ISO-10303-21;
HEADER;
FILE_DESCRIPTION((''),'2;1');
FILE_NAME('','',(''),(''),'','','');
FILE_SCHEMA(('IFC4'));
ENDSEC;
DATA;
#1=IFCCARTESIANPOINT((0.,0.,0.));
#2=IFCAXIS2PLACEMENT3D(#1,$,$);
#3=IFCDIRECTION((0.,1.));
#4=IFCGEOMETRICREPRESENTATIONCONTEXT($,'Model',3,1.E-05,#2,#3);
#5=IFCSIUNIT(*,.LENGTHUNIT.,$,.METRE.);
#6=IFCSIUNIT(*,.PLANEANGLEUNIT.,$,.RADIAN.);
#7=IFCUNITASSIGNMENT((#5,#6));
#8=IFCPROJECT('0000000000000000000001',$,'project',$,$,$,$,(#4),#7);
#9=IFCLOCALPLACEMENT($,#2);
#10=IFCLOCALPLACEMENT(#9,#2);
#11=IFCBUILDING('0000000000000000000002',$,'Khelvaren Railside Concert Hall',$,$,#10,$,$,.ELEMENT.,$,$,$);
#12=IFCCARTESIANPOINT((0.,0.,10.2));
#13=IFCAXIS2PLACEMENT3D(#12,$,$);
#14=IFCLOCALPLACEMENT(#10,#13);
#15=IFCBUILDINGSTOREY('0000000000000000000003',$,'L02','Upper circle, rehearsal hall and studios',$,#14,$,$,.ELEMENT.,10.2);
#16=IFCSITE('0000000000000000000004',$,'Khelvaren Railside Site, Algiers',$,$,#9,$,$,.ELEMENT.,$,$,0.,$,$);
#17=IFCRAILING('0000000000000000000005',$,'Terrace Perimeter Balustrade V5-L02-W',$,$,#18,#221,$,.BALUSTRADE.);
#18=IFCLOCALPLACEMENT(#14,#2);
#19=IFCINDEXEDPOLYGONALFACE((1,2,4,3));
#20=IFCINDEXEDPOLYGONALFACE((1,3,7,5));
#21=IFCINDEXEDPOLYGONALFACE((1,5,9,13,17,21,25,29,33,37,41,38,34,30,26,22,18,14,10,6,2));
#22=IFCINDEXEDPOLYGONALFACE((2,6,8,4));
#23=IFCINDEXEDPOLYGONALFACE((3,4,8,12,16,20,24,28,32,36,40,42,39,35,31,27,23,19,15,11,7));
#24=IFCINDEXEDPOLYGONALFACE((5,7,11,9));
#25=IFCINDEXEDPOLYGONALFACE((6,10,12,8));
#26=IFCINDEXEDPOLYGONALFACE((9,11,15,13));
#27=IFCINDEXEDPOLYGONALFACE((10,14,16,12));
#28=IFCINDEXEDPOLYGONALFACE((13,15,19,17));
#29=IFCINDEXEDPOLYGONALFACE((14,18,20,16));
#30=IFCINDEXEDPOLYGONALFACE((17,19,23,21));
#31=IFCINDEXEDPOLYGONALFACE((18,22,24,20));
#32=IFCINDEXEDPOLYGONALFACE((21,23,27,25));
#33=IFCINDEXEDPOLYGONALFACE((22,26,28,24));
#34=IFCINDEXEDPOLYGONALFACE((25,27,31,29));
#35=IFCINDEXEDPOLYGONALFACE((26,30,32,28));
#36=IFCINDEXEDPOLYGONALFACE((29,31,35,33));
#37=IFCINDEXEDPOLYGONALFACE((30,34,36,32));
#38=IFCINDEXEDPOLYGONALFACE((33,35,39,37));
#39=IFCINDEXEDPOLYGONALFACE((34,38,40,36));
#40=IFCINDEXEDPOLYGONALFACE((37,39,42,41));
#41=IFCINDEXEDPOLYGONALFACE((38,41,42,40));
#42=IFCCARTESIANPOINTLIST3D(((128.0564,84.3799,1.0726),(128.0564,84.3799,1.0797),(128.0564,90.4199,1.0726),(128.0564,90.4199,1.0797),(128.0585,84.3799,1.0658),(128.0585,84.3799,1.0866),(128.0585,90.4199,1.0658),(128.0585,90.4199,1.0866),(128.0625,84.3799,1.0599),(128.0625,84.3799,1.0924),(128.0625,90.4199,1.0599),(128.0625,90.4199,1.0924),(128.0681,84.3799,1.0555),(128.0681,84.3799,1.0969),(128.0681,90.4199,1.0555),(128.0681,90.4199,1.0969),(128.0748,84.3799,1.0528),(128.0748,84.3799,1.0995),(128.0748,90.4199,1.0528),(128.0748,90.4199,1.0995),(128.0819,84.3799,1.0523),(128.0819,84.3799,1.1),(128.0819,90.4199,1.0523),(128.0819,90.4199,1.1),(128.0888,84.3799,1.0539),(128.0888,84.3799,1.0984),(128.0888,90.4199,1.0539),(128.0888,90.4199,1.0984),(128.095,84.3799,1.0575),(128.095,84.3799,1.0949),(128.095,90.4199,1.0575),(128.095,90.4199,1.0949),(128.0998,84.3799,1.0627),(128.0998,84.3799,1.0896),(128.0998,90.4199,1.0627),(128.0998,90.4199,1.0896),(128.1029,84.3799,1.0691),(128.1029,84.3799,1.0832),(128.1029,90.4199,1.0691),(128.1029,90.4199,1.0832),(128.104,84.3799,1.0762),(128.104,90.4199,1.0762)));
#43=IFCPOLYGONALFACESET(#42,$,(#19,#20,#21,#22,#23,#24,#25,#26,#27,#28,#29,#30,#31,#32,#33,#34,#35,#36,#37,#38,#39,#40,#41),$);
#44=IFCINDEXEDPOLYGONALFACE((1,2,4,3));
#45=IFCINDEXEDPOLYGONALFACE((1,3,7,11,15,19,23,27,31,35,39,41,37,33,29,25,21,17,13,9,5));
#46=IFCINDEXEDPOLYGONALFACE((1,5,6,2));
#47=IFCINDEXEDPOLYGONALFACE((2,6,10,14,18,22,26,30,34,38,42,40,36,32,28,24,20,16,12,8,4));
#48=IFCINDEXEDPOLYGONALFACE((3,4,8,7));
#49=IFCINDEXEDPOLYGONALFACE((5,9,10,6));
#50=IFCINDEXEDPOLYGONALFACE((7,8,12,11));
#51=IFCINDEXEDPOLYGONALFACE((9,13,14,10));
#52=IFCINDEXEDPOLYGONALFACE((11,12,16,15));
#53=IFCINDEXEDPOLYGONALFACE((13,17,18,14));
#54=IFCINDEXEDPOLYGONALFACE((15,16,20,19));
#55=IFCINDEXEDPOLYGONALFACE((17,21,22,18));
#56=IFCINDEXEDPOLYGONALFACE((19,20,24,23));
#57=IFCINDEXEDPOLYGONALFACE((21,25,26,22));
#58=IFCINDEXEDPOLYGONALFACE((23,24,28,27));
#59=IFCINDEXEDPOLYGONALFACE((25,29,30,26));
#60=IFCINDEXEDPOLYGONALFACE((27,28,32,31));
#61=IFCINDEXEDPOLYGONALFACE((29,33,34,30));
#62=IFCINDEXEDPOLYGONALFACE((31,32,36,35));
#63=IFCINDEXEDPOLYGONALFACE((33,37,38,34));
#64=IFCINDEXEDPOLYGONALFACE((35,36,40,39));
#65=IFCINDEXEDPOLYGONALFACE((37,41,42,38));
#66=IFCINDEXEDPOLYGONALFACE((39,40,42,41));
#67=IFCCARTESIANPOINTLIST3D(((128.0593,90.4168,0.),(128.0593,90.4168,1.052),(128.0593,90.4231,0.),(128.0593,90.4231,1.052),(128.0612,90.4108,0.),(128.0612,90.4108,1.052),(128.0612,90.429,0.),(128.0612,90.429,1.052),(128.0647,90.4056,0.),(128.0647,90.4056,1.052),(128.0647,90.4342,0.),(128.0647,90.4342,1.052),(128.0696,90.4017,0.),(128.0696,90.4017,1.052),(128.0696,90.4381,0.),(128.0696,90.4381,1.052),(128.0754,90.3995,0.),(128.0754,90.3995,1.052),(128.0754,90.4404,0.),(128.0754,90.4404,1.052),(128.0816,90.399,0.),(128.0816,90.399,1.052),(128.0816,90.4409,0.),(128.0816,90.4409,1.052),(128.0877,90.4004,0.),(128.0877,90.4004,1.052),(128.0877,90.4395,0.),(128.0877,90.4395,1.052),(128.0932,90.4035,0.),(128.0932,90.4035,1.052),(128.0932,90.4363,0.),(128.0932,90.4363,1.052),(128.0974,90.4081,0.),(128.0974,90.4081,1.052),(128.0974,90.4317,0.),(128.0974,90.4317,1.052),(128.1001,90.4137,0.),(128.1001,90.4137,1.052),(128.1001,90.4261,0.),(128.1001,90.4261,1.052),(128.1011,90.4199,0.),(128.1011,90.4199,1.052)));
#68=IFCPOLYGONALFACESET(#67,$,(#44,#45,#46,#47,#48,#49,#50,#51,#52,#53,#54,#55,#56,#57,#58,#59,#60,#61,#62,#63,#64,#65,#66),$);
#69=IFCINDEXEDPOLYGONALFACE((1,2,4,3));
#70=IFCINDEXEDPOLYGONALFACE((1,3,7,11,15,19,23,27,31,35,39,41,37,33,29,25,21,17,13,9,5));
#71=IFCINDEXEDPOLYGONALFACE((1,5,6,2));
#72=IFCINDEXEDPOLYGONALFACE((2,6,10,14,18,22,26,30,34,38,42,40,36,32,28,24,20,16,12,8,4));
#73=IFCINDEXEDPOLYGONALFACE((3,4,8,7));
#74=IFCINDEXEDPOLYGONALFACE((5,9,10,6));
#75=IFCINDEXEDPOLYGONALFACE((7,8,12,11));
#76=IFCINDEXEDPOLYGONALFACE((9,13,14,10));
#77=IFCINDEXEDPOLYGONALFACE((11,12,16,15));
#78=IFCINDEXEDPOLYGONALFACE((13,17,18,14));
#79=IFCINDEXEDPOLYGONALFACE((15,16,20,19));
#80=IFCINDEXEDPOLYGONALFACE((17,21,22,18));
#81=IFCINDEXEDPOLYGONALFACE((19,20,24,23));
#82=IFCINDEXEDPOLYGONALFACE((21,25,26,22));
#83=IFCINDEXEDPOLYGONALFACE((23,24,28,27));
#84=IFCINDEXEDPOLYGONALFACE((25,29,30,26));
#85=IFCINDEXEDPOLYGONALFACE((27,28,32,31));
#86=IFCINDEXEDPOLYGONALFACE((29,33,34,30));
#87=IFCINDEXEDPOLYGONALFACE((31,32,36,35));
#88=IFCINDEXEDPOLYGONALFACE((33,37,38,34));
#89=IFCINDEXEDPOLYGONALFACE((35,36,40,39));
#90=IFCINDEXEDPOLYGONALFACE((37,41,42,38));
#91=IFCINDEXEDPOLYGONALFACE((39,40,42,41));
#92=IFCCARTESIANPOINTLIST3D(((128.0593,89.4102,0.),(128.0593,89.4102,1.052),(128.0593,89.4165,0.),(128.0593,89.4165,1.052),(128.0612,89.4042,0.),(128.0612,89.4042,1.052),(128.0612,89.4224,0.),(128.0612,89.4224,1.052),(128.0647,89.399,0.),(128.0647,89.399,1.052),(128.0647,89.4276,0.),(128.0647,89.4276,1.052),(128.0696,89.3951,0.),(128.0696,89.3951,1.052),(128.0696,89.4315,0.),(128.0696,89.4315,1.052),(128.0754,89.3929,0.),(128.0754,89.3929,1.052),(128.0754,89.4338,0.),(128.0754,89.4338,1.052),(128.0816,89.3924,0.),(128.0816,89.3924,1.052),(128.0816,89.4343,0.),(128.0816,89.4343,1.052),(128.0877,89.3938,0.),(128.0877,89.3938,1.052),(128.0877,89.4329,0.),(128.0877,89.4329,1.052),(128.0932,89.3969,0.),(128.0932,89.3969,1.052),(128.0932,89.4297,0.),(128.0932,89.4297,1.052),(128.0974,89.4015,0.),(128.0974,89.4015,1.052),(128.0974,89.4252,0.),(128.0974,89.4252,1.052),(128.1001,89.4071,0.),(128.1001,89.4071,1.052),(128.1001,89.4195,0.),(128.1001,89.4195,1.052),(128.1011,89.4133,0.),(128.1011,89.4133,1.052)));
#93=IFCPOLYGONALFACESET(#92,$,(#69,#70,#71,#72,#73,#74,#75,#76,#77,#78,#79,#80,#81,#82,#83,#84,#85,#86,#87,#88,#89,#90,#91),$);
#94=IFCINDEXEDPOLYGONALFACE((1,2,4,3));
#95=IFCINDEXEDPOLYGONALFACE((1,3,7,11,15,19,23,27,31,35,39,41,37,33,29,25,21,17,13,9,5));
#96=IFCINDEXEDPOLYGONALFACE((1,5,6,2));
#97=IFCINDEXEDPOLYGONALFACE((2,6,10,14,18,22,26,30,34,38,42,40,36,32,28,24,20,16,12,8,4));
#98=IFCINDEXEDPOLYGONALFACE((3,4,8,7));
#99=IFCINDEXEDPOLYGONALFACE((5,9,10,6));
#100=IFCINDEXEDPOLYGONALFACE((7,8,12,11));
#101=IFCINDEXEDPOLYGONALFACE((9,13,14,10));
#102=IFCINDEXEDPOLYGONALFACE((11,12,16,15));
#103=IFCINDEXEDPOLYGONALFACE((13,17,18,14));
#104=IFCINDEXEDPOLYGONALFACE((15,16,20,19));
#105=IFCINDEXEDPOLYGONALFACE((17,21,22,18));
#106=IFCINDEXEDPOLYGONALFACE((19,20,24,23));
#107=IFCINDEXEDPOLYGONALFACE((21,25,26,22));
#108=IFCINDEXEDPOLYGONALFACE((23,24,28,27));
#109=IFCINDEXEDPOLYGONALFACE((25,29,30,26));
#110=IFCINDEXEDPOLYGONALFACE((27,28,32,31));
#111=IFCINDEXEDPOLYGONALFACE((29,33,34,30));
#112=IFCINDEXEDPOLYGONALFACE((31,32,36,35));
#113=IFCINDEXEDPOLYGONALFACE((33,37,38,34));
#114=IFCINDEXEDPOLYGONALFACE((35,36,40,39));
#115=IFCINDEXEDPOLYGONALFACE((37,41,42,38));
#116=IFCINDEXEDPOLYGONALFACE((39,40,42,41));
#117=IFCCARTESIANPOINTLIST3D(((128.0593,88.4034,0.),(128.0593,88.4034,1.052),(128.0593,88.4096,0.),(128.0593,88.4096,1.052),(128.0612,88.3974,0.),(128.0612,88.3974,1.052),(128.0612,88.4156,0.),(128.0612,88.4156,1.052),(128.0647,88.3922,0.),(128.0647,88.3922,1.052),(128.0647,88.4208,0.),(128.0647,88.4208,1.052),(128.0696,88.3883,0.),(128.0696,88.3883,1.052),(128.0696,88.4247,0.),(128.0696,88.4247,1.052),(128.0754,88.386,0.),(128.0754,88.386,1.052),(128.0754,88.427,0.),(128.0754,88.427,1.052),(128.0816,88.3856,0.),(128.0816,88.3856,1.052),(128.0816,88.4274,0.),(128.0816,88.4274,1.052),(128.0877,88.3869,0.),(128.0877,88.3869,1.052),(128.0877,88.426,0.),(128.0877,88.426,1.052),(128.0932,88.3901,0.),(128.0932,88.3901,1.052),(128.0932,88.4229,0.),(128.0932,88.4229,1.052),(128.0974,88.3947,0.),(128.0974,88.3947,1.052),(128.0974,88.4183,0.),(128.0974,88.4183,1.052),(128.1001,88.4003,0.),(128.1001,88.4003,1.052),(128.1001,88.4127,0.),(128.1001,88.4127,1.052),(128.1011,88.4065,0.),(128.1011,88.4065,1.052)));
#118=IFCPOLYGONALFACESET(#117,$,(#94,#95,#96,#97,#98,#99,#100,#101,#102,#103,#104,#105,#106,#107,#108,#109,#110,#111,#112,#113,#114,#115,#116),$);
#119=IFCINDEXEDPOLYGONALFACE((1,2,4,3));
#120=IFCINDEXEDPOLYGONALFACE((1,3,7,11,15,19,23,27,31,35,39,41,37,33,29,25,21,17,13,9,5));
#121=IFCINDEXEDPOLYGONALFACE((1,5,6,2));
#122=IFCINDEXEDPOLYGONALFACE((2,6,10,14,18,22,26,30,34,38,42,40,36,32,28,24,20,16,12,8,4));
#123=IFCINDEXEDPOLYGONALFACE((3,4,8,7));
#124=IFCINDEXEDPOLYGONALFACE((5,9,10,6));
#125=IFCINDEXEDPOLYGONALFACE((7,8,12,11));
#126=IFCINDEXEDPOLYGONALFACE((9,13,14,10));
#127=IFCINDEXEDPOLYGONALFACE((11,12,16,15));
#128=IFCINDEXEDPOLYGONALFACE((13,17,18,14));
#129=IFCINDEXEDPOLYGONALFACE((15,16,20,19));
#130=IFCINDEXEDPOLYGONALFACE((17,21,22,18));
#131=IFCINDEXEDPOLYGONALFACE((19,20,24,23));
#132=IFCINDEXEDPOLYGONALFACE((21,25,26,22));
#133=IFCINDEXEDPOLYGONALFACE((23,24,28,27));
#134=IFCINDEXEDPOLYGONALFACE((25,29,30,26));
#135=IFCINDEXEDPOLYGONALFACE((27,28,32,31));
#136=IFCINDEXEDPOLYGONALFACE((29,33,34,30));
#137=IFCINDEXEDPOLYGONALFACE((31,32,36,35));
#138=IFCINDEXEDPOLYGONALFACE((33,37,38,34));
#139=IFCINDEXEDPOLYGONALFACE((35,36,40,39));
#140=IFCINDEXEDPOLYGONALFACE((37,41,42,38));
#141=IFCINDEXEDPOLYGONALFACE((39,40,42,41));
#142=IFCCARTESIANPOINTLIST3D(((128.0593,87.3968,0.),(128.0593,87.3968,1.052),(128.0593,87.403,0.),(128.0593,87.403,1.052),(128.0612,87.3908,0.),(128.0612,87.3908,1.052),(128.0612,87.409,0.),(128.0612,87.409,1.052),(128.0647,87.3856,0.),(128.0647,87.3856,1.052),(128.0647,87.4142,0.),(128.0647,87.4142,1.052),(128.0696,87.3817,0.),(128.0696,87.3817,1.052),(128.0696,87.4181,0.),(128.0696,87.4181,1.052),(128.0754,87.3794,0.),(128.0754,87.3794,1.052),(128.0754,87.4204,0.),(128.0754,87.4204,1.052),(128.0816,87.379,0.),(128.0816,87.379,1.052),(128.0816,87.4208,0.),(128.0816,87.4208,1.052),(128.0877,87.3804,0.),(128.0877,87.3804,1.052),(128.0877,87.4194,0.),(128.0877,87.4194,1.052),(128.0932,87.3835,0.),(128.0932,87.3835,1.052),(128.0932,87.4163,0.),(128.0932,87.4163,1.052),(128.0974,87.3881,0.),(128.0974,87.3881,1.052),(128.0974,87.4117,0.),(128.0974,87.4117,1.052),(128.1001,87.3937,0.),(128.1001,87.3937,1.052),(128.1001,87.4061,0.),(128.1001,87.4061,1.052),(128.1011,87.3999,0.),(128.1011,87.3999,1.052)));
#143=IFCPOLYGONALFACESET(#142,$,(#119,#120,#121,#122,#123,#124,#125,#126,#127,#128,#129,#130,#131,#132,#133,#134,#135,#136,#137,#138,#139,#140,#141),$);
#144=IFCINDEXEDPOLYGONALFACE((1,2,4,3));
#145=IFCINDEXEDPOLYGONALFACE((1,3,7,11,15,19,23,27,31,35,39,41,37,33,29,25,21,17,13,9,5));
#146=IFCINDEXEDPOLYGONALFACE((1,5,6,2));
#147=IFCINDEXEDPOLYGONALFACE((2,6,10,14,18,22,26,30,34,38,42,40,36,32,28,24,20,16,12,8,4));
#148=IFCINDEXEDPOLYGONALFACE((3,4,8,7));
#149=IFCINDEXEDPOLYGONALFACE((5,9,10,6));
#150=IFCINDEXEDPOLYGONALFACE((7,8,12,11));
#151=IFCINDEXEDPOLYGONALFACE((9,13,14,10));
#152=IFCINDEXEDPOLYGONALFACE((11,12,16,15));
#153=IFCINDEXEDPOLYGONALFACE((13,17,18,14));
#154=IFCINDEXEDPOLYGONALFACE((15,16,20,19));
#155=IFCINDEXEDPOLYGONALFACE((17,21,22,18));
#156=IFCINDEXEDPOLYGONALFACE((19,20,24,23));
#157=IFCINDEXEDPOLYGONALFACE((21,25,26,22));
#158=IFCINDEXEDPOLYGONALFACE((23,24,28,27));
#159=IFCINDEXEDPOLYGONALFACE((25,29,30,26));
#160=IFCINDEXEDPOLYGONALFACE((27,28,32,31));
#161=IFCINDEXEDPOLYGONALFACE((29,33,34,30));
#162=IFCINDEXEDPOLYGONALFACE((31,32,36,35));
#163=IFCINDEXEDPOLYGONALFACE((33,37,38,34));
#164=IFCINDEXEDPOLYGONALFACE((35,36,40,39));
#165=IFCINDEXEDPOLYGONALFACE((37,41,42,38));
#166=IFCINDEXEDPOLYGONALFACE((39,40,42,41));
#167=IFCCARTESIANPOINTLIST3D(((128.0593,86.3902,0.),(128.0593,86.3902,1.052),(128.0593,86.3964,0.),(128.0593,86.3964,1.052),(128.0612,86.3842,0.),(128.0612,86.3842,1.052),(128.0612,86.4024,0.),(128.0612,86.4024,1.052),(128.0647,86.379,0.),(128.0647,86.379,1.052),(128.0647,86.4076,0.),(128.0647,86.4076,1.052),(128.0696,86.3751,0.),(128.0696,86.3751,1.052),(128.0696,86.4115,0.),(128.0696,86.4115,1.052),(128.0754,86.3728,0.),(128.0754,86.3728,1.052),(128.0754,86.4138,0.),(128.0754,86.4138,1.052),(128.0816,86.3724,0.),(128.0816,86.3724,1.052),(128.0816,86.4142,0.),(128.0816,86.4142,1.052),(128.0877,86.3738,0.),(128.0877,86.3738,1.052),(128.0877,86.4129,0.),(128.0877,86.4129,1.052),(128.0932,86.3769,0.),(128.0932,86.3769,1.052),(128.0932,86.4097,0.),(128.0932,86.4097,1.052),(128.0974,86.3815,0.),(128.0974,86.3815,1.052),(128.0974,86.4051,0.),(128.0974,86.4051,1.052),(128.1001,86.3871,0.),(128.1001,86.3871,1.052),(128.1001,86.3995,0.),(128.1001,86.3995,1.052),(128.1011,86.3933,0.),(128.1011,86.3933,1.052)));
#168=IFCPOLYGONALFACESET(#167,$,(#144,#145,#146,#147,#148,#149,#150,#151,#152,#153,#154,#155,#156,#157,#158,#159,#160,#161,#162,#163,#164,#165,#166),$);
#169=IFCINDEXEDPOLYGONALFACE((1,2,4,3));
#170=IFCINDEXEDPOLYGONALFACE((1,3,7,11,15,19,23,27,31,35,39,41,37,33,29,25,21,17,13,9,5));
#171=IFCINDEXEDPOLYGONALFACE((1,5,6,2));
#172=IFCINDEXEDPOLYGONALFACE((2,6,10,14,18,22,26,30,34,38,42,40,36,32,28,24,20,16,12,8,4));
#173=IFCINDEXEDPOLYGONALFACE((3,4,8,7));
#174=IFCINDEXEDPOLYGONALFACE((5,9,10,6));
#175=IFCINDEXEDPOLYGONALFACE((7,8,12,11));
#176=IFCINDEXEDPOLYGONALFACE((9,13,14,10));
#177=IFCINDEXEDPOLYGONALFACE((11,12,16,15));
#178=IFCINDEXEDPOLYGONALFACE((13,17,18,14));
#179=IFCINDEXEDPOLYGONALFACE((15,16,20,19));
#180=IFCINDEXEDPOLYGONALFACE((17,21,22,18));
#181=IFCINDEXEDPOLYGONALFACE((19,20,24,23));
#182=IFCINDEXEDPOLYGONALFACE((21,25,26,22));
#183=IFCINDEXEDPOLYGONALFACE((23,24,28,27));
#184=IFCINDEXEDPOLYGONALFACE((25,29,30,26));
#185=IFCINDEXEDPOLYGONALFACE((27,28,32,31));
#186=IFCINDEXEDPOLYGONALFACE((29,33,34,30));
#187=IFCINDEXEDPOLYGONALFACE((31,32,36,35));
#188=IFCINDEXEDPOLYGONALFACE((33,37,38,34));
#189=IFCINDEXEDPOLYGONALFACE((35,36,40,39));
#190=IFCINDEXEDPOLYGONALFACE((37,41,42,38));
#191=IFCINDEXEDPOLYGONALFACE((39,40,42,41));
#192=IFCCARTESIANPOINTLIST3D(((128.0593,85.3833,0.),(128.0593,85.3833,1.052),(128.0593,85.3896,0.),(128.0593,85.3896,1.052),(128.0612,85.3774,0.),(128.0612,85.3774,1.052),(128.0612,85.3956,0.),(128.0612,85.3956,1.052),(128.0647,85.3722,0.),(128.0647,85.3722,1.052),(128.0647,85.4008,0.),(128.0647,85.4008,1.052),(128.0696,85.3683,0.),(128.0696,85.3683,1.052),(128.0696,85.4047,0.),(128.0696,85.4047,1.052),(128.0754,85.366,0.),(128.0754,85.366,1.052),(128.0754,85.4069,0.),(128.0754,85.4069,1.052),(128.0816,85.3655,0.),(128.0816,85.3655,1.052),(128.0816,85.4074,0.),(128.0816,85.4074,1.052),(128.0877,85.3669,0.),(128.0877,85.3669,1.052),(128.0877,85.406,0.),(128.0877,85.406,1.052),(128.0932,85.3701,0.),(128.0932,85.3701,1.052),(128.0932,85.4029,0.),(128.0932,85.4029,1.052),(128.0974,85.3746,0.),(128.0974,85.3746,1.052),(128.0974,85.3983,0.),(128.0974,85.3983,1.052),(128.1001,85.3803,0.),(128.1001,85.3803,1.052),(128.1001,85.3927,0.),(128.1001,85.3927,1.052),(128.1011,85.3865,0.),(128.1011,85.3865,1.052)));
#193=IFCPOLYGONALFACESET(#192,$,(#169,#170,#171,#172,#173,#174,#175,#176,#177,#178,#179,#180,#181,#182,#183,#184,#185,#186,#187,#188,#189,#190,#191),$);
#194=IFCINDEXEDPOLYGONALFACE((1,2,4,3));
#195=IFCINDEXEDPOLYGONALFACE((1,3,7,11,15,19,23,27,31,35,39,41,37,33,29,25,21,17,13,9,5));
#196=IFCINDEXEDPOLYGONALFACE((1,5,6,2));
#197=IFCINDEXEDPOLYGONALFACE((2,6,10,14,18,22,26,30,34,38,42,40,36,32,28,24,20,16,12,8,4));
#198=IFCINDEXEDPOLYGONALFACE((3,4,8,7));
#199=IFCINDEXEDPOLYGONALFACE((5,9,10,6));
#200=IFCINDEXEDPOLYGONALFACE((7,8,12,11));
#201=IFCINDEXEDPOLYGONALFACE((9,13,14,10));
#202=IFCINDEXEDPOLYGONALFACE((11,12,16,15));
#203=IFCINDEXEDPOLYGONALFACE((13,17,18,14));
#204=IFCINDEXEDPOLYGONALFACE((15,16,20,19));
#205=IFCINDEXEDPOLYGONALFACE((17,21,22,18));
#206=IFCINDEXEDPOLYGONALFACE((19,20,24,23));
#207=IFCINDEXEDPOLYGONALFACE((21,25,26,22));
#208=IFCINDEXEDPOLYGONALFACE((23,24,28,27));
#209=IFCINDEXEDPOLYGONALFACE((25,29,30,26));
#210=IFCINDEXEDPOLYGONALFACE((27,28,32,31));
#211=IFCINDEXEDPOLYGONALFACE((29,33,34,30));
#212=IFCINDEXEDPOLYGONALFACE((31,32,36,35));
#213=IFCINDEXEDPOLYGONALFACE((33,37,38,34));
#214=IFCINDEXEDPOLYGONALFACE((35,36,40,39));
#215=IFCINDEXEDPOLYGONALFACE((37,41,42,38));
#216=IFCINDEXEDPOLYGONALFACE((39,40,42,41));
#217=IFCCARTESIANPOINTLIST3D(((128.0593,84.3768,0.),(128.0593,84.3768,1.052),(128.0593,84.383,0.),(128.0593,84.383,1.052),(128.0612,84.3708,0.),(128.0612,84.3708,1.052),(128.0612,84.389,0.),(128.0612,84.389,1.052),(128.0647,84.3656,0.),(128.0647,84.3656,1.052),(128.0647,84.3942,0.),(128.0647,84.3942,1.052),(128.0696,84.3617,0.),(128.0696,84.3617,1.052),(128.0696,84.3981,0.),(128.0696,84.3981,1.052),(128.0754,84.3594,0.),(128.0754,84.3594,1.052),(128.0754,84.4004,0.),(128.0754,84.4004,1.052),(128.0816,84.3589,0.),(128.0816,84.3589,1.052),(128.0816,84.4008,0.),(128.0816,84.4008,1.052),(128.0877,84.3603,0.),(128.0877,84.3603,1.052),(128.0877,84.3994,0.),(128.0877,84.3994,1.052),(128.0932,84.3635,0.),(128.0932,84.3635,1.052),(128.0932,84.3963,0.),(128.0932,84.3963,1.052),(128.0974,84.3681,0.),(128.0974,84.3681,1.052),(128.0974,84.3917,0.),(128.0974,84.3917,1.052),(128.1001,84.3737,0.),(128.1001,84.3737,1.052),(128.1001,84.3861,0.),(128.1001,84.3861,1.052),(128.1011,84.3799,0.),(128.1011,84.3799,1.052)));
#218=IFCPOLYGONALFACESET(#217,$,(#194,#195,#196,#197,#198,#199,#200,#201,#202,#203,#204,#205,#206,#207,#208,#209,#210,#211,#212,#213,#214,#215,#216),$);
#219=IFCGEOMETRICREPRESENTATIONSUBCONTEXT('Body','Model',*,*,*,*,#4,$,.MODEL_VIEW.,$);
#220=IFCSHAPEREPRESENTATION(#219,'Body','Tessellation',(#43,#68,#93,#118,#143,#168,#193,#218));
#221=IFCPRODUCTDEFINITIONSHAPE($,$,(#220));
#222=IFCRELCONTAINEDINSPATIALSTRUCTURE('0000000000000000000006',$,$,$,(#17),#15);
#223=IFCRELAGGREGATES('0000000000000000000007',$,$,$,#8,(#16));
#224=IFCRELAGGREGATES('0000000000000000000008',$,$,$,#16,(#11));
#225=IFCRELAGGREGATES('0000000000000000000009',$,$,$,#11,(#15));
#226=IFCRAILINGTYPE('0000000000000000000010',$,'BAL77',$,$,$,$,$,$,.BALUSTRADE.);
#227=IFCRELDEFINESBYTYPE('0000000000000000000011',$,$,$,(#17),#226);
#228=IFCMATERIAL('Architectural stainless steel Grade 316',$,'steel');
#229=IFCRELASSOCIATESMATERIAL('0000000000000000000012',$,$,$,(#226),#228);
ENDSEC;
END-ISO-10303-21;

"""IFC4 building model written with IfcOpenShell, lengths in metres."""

from ifc_helpers import new_model, si_unit, direction, frame, origin, origin_2d, place, context, subcontext, project, spatial, circle, extrude, material, type_object, element, save


model = new_model("IFC4")

# Units and contexts
model_context = context("Model", 3, precision=1e-05, world=origin(), true_north=direction((0.0, 1.0)))
body_context = subcontext(model_context, "Body", "Model", "MODEL_VIEW")
ifc_project = project(units=[si_unit("LENGTHUNIT", "METRE"), si_unit("PLANEANGLEUNIT", "RADIAN")], contexts=[model_context])

# Site, building, storey
site_placement = place(None, origin())
site = spatial("IfcSite", under=ifc_project, at=site_placement, Name="Khelvaren Railside Site, Algiers", CompositionType="ELEMENT", RefElevation=0.0)
building_placement = place(site_placement, origin())
building = spatial("IfcBuilding", under=site, at=building_placement, Name="Khelvaren Railside Concert Hall", CompositionType="ELEMENT")
storey_placement = place(building_placement, frame((0.0, 0.0, 10.2)))
storey = spatial("IfcBuildingStorey", under=building, at=storey_placement, Name="L02", Description="Upper circle, rehearsal hall and studios", CompositionType="ELEMENT", Elevation=10.2)

# Railing
ifc_material_1 = material(Name="Architectural stainless steel Grade 316", Category="steel")
railing_type = type_object("IfcRailingType", Name="BAL77", PredefinedType="BALUSTRADE", material=ifc_material_1)
railing_1_placement = place(storey_placement, frame((128.0801, 90.4199, 0.0)))
element("IfcRailing", 1, at=railing_1_placement, inside=storey, type_object=railing_type, Name="Terrace Perimeter Balustrade V5-L02-W", PredefinedType="BALUSTRADE", context=body_context, shape_type="SweptSolid", body=[
    extrude(circle(Radius=0.0239, at=origin_2d()), frame((0.0, 0.0, 1.0762), z_axis=(0.0, -1.0, 0.0), x_axis=(1.0, 0.0, 0.0)), (0.0, 0.0, 1.0), 6.04),
    extrude(circle(Radius=0.021, at=origin_2d()), origin(), (0.0, 0.0, 1.0), 1.052),
    extrude(circle(Radius=0.021, at=origin_2d()), frame((0.0, -1.0066, 0.0)), (0.0, 0.0, 1.0), 1.052),
    extrude(circle(Radius=0.021, at=origin_2d()), frame((0.0, -2.0134, 0.0)), (0.0, 0.0, 1.0), 1.052),
    extrude(circle(Radius=0.021, at=origin_2d()), frame((0.0, -3.02, 0.0)), (0.0, 0.0, 1.0), 1.052),
    extrude(circle(Radius=0.021, at=origin_2d()), frame((0.0, -4.0266, 0.0)), (0.0, 0.0, 1.0), 1.052),
    extrude(circle(Radius=0.021, at=origin_2d()), frame((0.0, -5.0334, 0.0)), (0.0, 0.0, 1.0), 1.052),
    extrude(circle(Radius=0.021, at=origin_2d()), frame((0.0, -6.04, 0.0)), (0.0, 0.0, 1.0), 1.052),
])

save(model, "model.ifc")
